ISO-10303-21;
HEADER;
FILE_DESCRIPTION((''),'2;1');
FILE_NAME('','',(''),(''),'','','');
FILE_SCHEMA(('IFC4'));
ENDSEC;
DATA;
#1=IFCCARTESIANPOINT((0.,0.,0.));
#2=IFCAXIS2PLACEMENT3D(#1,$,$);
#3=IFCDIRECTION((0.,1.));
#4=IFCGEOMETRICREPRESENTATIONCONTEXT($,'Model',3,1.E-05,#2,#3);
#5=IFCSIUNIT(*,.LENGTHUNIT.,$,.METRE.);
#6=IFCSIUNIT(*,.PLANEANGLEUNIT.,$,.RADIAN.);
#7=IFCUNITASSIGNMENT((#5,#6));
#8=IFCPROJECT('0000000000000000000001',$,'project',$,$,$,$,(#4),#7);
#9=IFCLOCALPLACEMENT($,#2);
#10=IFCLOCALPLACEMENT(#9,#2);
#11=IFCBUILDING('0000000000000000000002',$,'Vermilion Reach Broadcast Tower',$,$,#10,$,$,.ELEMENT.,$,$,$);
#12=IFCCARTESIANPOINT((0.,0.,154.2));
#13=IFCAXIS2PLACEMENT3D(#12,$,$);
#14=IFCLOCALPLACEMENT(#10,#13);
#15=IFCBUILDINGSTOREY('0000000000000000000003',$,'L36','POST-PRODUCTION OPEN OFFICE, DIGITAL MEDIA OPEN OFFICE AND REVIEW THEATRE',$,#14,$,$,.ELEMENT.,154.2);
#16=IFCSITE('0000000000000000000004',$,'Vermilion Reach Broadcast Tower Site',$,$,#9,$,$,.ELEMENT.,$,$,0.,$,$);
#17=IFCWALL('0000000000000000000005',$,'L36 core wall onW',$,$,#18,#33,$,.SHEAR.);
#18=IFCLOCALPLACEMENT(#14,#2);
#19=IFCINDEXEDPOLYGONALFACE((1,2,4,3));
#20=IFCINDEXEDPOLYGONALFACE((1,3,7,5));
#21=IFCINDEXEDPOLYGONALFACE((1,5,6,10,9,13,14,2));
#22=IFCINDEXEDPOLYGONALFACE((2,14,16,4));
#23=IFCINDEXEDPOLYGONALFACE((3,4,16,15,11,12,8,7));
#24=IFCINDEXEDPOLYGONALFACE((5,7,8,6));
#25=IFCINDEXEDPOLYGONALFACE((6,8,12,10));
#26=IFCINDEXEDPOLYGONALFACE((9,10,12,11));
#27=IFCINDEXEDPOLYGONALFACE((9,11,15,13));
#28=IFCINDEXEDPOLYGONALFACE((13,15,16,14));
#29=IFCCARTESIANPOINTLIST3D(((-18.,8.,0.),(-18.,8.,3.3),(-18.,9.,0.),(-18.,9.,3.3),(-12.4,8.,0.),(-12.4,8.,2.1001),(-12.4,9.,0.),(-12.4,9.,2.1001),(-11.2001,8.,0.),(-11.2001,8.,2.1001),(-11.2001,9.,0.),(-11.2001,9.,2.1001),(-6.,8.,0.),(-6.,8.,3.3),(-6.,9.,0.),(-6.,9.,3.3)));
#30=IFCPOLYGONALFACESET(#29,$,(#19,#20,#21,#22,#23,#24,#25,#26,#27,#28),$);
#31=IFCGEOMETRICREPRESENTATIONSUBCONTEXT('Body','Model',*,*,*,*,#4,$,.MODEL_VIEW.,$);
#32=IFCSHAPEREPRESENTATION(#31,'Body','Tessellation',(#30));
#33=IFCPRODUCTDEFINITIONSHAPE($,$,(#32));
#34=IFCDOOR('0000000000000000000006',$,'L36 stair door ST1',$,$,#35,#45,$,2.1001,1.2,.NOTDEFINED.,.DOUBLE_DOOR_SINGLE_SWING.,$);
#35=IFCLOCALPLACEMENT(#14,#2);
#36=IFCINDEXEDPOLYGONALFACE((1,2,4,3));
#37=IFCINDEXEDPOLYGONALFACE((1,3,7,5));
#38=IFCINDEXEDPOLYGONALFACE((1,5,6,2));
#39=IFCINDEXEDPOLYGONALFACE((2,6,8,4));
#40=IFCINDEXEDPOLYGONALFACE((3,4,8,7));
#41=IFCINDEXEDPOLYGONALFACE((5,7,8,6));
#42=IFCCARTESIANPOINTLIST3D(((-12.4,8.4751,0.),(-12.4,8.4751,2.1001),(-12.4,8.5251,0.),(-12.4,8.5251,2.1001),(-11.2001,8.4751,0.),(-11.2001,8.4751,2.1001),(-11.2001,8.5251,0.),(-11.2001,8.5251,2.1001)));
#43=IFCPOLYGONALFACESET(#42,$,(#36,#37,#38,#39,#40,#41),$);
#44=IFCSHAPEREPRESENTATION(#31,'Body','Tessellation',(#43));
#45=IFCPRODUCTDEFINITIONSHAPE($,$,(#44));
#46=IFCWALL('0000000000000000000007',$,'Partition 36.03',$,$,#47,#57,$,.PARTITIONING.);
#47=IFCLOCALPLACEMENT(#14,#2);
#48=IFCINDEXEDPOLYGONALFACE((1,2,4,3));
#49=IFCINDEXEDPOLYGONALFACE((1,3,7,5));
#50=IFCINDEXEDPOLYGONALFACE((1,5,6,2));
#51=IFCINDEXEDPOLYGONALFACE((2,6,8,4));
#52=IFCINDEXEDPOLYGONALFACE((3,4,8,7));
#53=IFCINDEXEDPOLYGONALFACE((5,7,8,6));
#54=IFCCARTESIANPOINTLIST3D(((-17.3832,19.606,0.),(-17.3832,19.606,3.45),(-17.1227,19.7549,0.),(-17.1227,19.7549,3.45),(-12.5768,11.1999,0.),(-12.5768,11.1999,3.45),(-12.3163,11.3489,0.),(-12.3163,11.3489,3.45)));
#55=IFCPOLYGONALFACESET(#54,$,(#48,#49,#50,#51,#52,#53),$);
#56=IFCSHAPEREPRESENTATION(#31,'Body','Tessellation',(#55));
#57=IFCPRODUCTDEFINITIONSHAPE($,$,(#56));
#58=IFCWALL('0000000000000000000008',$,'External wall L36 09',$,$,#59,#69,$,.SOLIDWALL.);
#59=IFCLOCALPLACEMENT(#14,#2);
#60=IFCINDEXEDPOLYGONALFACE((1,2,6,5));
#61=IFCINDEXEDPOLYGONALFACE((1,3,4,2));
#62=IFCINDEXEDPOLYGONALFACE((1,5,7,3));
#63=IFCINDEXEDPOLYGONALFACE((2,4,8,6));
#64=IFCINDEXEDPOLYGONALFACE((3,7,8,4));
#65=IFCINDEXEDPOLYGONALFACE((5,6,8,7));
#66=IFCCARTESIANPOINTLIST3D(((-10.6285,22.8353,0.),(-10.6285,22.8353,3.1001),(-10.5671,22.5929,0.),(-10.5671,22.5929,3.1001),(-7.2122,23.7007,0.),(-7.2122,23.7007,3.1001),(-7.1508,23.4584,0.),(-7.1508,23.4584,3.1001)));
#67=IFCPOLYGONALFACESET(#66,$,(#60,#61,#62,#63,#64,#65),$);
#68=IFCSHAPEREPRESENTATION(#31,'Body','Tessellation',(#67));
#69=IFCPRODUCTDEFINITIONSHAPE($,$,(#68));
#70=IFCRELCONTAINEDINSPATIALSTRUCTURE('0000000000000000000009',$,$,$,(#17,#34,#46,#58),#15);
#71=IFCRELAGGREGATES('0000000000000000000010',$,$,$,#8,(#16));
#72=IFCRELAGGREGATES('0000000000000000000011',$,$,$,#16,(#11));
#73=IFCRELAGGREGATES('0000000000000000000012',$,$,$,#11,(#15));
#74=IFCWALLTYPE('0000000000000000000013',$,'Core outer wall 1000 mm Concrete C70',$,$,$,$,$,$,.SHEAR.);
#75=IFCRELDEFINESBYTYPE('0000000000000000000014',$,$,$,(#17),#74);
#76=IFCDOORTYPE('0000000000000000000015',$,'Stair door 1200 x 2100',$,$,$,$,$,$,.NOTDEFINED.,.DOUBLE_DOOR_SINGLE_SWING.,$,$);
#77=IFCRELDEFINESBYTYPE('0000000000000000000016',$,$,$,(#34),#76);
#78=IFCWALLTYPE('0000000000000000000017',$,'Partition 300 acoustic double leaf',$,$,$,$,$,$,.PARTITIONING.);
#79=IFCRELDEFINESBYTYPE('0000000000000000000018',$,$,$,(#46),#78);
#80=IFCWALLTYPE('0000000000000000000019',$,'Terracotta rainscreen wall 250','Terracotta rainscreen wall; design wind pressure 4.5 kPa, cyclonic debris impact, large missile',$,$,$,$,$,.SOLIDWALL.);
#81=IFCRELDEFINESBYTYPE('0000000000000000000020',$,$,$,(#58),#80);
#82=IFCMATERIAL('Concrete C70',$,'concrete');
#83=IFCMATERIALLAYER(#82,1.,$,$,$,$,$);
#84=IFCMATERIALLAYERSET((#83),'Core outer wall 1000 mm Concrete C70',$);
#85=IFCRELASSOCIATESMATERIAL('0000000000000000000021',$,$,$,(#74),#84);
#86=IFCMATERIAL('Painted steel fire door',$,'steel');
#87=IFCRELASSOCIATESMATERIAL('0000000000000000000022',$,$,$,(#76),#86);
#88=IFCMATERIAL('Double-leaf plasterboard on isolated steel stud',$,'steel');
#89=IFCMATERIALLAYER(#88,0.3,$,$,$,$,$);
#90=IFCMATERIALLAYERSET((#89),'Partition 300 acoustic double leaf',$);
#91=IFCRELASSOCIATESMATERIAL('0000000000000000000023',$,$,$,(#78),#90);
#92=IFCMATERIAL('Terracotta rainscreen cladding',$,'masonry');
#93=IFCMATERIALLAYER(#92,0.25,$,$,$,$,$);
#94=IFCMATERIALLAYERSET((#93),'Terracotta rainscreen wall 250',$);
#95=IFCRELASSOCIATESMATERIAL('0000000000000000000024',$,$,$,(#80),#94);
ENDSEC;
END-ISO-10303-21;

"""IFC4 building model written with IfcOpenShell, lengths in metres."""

from ifc_helpers import new_model, si_unit, direction, frame, frame_2d, origin, place, context, subcontext, project, spatial, rectangle, extrude, material, layer, layer_set, type_object, element, fill, save


model = new_model("IFC4")

# Units and contexts
model_context = context("Model", 3, precision=1e-05, world=origin(), true_north=direction((0.0, 1.0)))
body_context = subcontext(model_context, "Body", "Model", "MODEL_VIEW")
ifc_project = project(units=[si_unit("LENGTHUNIT", "METRE"), si_unit("PLANEANGLEUNIT", "RADIAN")], contexts=[model_context])

# Site, building, storey
site_placement = place(None, origin())
site = spatial("IfcSite", under=ifc_project, at=site_placement, Name="Vermilion Reach Broadcast Tower Site", CompositionType="ELEMENT", RefElevation=0.0)
building_placement = place(site_placement, origin())
building = spatial("IfcBuilding", under=site, at=building_placement, Name="Vermilion Reach Broadcast Tower", CompositionType="ELEMENT")
storey_placement = place(building_placement, frame((0.0, 0.0, 154.2)))
storey = spatial("IfcBuildingStorey", under=building, at=storey_placement, Name="L36", Description="POST-PRODUCTION OPEN OFFICE, DIGITAL MEDIA OPEN OFFICE AND REVIEW THEATRE", CompositionType="ELEMENT", Elevation=154.2)

# Wall, opening, door
ifc_material_1 = material(Name="Concrete C70", Category="concrete")
ifc_layer_1 = layer(ifc_material_1, 1.0)
ifc_layer_set_1 = layer_set([ifc_layer_1], Name="Core outer wall 1000 mm Concrete C70")
wall_type_1 = type_object("IfcWallType", Name="Core outer wall 1000 mm Concrete C70", PredefinedType="SHEAR", material=ifc_layer_set_1)
wall_1_placement = place(storey_placement, frame((-6.0, 8.5, 0.0), z_axis=(0.0, 0.0, 1.0), x_axis=(-1.0, 0.0, 0.0)))
wall_1 = element("IfcWall", 1, at=wall_1_placement, inside=storey, type_object=wall_type_1, Name="L36 core wall onW", PredefinedType="SHEAR", context=body_context, shape_type="SweptSolid", body=[
    extrude(rectangle(XDim=12.0, YDim=1.0, at=frame_2d((6.0, 0.0))), origin(), (0.0, 0.0, 1.0), 3.3),
])
opening_placement = place(wall_1_placement, frame((5.2, 0.0, 0.0)))
opening = element("IfcOpeningElement", 2, at=opening_placement, cuts=wall_1, PredefinedType="OPENING", context=body_context, shape_type="SweptSolid", body=[
    extrude(rectangle(XDim=1.2, YDim=2.1001, at=frame_2d((0.6001, 1.05))), frame((0.0, 0.51, 0.0), z_axis=(0.0, -1.0, 0.0), x_axis=(1.0, 0.0, 0.0)), (0.0, 0.0, 1.0), 1.02),
])
ifc_material_2 = material(Name="Painted steel fire door", Category="steel")
door_type = type_object("IfcDoorType", Name="Stair door 1200 x 2100", OperationType="DOUBLE_DOOR_SINGLE_SWING", PredefinedType="NOTDEFINED", material=ifc_material_2)
door_placement = place(opening_placement, origin())
door = element("IfcDoor", 3, at=door_placement, inside=storey, type_object=door_type, Name="L36 stair door ST1", OperationType="DOUBLE_DOOR_SINGLE_SWING", OverallHeight=2.1001, OverallWidth=1.2, PredefinedType="NOTDEFINED", context=body_context, shape_type="SweptSolid", body=[
    extrude(rectangle(XDim=1.2, YDim=2.1001, at=frame_2d((0.6001, 1.05))), frame((0.0, 0.0249, 0.0), z_axis=(0.0, -1.0, 0.0), x_axis=(1.0, 0.0, 0.0)), (0.0, 0.0, 1.0), 0.05),
])
fill(opening, door)

# Walls
ifc_material_3 = material(Name="Double-leaf plasterboard on isolated steel stud", Category="steel")
ifc_layer_2 = layer(ifc_material_3, 0.3)
ifc_layer_set_2 = layer_set([ifc_layer_2], Name="Partition 300 acoustic double leaf")
wall_type_2 = type_object("IfcWallType", Name="Partition 300 acoustic double leaf", PredefinedType="PARTITIONING", material=ifc_layer_set_2)
wall_2_placement = place(storey_placement, frame((-17.2529, 19.6804, 0.0), z_axis=(0.0, 0.0, 1.0), x_axis=(0.49637, -0.868111, 0.0)))
element("IfcWall", 4, at=wall_2_placement, inside=storey, type_object=wall_type_2, Name="Partition 36.03", PredefinedType="PARTITIONING", context=body_context, shape_type="SweptSolid", body=[
    extrude(rectangle(XDim=9.6831, YDim=0.3, at=frame_2d((4.8416, 0.0))), origin(), (0.0, 0.0, 1.0), 3.45),
])
ifc_material_4 = material(Name="Terracotta rainscreen cladding", Category="masonry")
ifc_layer_3 = layer(ifc_material_4, 0.25)
ifc_layer_set_3 = layer_set([ifc_layer_3], Name="Terracotta rainscreen wall 250")
wall_type_3 = type_object("IfcWallType", Name="Terracotta rainscreen wall 250", Description="Terracotta rainscreen wall; design wind pressure 4.5 kPa, cyclonic debris impact, large missile", PredefinedType="SOLIDWALL", material=ifc_layer_set_3)
wall_3_placement = place(storey_placement, frame((-7.1814, 23.5796, 0.0), z_axis=(0.0, 0.0, 1.0), x_axis=(-0.969376, -0.245583, 0.0)))
element("IfcWall", 5, at=wall_3_placement, inside=storey, type_object=wall_type_3, Name="External wall L36 09", PredefinedType="SOLIDWALL", context=body_context, shape_type="SweptSolid", body=[
    extrude(rectangle(XDim=3.5242, YDim=0.25, at=frame_2d((1.7622, 0.0))), origin(), (0.0, 0.0, 1.0), 3.1001),
])

save(model, "model.ifc")
